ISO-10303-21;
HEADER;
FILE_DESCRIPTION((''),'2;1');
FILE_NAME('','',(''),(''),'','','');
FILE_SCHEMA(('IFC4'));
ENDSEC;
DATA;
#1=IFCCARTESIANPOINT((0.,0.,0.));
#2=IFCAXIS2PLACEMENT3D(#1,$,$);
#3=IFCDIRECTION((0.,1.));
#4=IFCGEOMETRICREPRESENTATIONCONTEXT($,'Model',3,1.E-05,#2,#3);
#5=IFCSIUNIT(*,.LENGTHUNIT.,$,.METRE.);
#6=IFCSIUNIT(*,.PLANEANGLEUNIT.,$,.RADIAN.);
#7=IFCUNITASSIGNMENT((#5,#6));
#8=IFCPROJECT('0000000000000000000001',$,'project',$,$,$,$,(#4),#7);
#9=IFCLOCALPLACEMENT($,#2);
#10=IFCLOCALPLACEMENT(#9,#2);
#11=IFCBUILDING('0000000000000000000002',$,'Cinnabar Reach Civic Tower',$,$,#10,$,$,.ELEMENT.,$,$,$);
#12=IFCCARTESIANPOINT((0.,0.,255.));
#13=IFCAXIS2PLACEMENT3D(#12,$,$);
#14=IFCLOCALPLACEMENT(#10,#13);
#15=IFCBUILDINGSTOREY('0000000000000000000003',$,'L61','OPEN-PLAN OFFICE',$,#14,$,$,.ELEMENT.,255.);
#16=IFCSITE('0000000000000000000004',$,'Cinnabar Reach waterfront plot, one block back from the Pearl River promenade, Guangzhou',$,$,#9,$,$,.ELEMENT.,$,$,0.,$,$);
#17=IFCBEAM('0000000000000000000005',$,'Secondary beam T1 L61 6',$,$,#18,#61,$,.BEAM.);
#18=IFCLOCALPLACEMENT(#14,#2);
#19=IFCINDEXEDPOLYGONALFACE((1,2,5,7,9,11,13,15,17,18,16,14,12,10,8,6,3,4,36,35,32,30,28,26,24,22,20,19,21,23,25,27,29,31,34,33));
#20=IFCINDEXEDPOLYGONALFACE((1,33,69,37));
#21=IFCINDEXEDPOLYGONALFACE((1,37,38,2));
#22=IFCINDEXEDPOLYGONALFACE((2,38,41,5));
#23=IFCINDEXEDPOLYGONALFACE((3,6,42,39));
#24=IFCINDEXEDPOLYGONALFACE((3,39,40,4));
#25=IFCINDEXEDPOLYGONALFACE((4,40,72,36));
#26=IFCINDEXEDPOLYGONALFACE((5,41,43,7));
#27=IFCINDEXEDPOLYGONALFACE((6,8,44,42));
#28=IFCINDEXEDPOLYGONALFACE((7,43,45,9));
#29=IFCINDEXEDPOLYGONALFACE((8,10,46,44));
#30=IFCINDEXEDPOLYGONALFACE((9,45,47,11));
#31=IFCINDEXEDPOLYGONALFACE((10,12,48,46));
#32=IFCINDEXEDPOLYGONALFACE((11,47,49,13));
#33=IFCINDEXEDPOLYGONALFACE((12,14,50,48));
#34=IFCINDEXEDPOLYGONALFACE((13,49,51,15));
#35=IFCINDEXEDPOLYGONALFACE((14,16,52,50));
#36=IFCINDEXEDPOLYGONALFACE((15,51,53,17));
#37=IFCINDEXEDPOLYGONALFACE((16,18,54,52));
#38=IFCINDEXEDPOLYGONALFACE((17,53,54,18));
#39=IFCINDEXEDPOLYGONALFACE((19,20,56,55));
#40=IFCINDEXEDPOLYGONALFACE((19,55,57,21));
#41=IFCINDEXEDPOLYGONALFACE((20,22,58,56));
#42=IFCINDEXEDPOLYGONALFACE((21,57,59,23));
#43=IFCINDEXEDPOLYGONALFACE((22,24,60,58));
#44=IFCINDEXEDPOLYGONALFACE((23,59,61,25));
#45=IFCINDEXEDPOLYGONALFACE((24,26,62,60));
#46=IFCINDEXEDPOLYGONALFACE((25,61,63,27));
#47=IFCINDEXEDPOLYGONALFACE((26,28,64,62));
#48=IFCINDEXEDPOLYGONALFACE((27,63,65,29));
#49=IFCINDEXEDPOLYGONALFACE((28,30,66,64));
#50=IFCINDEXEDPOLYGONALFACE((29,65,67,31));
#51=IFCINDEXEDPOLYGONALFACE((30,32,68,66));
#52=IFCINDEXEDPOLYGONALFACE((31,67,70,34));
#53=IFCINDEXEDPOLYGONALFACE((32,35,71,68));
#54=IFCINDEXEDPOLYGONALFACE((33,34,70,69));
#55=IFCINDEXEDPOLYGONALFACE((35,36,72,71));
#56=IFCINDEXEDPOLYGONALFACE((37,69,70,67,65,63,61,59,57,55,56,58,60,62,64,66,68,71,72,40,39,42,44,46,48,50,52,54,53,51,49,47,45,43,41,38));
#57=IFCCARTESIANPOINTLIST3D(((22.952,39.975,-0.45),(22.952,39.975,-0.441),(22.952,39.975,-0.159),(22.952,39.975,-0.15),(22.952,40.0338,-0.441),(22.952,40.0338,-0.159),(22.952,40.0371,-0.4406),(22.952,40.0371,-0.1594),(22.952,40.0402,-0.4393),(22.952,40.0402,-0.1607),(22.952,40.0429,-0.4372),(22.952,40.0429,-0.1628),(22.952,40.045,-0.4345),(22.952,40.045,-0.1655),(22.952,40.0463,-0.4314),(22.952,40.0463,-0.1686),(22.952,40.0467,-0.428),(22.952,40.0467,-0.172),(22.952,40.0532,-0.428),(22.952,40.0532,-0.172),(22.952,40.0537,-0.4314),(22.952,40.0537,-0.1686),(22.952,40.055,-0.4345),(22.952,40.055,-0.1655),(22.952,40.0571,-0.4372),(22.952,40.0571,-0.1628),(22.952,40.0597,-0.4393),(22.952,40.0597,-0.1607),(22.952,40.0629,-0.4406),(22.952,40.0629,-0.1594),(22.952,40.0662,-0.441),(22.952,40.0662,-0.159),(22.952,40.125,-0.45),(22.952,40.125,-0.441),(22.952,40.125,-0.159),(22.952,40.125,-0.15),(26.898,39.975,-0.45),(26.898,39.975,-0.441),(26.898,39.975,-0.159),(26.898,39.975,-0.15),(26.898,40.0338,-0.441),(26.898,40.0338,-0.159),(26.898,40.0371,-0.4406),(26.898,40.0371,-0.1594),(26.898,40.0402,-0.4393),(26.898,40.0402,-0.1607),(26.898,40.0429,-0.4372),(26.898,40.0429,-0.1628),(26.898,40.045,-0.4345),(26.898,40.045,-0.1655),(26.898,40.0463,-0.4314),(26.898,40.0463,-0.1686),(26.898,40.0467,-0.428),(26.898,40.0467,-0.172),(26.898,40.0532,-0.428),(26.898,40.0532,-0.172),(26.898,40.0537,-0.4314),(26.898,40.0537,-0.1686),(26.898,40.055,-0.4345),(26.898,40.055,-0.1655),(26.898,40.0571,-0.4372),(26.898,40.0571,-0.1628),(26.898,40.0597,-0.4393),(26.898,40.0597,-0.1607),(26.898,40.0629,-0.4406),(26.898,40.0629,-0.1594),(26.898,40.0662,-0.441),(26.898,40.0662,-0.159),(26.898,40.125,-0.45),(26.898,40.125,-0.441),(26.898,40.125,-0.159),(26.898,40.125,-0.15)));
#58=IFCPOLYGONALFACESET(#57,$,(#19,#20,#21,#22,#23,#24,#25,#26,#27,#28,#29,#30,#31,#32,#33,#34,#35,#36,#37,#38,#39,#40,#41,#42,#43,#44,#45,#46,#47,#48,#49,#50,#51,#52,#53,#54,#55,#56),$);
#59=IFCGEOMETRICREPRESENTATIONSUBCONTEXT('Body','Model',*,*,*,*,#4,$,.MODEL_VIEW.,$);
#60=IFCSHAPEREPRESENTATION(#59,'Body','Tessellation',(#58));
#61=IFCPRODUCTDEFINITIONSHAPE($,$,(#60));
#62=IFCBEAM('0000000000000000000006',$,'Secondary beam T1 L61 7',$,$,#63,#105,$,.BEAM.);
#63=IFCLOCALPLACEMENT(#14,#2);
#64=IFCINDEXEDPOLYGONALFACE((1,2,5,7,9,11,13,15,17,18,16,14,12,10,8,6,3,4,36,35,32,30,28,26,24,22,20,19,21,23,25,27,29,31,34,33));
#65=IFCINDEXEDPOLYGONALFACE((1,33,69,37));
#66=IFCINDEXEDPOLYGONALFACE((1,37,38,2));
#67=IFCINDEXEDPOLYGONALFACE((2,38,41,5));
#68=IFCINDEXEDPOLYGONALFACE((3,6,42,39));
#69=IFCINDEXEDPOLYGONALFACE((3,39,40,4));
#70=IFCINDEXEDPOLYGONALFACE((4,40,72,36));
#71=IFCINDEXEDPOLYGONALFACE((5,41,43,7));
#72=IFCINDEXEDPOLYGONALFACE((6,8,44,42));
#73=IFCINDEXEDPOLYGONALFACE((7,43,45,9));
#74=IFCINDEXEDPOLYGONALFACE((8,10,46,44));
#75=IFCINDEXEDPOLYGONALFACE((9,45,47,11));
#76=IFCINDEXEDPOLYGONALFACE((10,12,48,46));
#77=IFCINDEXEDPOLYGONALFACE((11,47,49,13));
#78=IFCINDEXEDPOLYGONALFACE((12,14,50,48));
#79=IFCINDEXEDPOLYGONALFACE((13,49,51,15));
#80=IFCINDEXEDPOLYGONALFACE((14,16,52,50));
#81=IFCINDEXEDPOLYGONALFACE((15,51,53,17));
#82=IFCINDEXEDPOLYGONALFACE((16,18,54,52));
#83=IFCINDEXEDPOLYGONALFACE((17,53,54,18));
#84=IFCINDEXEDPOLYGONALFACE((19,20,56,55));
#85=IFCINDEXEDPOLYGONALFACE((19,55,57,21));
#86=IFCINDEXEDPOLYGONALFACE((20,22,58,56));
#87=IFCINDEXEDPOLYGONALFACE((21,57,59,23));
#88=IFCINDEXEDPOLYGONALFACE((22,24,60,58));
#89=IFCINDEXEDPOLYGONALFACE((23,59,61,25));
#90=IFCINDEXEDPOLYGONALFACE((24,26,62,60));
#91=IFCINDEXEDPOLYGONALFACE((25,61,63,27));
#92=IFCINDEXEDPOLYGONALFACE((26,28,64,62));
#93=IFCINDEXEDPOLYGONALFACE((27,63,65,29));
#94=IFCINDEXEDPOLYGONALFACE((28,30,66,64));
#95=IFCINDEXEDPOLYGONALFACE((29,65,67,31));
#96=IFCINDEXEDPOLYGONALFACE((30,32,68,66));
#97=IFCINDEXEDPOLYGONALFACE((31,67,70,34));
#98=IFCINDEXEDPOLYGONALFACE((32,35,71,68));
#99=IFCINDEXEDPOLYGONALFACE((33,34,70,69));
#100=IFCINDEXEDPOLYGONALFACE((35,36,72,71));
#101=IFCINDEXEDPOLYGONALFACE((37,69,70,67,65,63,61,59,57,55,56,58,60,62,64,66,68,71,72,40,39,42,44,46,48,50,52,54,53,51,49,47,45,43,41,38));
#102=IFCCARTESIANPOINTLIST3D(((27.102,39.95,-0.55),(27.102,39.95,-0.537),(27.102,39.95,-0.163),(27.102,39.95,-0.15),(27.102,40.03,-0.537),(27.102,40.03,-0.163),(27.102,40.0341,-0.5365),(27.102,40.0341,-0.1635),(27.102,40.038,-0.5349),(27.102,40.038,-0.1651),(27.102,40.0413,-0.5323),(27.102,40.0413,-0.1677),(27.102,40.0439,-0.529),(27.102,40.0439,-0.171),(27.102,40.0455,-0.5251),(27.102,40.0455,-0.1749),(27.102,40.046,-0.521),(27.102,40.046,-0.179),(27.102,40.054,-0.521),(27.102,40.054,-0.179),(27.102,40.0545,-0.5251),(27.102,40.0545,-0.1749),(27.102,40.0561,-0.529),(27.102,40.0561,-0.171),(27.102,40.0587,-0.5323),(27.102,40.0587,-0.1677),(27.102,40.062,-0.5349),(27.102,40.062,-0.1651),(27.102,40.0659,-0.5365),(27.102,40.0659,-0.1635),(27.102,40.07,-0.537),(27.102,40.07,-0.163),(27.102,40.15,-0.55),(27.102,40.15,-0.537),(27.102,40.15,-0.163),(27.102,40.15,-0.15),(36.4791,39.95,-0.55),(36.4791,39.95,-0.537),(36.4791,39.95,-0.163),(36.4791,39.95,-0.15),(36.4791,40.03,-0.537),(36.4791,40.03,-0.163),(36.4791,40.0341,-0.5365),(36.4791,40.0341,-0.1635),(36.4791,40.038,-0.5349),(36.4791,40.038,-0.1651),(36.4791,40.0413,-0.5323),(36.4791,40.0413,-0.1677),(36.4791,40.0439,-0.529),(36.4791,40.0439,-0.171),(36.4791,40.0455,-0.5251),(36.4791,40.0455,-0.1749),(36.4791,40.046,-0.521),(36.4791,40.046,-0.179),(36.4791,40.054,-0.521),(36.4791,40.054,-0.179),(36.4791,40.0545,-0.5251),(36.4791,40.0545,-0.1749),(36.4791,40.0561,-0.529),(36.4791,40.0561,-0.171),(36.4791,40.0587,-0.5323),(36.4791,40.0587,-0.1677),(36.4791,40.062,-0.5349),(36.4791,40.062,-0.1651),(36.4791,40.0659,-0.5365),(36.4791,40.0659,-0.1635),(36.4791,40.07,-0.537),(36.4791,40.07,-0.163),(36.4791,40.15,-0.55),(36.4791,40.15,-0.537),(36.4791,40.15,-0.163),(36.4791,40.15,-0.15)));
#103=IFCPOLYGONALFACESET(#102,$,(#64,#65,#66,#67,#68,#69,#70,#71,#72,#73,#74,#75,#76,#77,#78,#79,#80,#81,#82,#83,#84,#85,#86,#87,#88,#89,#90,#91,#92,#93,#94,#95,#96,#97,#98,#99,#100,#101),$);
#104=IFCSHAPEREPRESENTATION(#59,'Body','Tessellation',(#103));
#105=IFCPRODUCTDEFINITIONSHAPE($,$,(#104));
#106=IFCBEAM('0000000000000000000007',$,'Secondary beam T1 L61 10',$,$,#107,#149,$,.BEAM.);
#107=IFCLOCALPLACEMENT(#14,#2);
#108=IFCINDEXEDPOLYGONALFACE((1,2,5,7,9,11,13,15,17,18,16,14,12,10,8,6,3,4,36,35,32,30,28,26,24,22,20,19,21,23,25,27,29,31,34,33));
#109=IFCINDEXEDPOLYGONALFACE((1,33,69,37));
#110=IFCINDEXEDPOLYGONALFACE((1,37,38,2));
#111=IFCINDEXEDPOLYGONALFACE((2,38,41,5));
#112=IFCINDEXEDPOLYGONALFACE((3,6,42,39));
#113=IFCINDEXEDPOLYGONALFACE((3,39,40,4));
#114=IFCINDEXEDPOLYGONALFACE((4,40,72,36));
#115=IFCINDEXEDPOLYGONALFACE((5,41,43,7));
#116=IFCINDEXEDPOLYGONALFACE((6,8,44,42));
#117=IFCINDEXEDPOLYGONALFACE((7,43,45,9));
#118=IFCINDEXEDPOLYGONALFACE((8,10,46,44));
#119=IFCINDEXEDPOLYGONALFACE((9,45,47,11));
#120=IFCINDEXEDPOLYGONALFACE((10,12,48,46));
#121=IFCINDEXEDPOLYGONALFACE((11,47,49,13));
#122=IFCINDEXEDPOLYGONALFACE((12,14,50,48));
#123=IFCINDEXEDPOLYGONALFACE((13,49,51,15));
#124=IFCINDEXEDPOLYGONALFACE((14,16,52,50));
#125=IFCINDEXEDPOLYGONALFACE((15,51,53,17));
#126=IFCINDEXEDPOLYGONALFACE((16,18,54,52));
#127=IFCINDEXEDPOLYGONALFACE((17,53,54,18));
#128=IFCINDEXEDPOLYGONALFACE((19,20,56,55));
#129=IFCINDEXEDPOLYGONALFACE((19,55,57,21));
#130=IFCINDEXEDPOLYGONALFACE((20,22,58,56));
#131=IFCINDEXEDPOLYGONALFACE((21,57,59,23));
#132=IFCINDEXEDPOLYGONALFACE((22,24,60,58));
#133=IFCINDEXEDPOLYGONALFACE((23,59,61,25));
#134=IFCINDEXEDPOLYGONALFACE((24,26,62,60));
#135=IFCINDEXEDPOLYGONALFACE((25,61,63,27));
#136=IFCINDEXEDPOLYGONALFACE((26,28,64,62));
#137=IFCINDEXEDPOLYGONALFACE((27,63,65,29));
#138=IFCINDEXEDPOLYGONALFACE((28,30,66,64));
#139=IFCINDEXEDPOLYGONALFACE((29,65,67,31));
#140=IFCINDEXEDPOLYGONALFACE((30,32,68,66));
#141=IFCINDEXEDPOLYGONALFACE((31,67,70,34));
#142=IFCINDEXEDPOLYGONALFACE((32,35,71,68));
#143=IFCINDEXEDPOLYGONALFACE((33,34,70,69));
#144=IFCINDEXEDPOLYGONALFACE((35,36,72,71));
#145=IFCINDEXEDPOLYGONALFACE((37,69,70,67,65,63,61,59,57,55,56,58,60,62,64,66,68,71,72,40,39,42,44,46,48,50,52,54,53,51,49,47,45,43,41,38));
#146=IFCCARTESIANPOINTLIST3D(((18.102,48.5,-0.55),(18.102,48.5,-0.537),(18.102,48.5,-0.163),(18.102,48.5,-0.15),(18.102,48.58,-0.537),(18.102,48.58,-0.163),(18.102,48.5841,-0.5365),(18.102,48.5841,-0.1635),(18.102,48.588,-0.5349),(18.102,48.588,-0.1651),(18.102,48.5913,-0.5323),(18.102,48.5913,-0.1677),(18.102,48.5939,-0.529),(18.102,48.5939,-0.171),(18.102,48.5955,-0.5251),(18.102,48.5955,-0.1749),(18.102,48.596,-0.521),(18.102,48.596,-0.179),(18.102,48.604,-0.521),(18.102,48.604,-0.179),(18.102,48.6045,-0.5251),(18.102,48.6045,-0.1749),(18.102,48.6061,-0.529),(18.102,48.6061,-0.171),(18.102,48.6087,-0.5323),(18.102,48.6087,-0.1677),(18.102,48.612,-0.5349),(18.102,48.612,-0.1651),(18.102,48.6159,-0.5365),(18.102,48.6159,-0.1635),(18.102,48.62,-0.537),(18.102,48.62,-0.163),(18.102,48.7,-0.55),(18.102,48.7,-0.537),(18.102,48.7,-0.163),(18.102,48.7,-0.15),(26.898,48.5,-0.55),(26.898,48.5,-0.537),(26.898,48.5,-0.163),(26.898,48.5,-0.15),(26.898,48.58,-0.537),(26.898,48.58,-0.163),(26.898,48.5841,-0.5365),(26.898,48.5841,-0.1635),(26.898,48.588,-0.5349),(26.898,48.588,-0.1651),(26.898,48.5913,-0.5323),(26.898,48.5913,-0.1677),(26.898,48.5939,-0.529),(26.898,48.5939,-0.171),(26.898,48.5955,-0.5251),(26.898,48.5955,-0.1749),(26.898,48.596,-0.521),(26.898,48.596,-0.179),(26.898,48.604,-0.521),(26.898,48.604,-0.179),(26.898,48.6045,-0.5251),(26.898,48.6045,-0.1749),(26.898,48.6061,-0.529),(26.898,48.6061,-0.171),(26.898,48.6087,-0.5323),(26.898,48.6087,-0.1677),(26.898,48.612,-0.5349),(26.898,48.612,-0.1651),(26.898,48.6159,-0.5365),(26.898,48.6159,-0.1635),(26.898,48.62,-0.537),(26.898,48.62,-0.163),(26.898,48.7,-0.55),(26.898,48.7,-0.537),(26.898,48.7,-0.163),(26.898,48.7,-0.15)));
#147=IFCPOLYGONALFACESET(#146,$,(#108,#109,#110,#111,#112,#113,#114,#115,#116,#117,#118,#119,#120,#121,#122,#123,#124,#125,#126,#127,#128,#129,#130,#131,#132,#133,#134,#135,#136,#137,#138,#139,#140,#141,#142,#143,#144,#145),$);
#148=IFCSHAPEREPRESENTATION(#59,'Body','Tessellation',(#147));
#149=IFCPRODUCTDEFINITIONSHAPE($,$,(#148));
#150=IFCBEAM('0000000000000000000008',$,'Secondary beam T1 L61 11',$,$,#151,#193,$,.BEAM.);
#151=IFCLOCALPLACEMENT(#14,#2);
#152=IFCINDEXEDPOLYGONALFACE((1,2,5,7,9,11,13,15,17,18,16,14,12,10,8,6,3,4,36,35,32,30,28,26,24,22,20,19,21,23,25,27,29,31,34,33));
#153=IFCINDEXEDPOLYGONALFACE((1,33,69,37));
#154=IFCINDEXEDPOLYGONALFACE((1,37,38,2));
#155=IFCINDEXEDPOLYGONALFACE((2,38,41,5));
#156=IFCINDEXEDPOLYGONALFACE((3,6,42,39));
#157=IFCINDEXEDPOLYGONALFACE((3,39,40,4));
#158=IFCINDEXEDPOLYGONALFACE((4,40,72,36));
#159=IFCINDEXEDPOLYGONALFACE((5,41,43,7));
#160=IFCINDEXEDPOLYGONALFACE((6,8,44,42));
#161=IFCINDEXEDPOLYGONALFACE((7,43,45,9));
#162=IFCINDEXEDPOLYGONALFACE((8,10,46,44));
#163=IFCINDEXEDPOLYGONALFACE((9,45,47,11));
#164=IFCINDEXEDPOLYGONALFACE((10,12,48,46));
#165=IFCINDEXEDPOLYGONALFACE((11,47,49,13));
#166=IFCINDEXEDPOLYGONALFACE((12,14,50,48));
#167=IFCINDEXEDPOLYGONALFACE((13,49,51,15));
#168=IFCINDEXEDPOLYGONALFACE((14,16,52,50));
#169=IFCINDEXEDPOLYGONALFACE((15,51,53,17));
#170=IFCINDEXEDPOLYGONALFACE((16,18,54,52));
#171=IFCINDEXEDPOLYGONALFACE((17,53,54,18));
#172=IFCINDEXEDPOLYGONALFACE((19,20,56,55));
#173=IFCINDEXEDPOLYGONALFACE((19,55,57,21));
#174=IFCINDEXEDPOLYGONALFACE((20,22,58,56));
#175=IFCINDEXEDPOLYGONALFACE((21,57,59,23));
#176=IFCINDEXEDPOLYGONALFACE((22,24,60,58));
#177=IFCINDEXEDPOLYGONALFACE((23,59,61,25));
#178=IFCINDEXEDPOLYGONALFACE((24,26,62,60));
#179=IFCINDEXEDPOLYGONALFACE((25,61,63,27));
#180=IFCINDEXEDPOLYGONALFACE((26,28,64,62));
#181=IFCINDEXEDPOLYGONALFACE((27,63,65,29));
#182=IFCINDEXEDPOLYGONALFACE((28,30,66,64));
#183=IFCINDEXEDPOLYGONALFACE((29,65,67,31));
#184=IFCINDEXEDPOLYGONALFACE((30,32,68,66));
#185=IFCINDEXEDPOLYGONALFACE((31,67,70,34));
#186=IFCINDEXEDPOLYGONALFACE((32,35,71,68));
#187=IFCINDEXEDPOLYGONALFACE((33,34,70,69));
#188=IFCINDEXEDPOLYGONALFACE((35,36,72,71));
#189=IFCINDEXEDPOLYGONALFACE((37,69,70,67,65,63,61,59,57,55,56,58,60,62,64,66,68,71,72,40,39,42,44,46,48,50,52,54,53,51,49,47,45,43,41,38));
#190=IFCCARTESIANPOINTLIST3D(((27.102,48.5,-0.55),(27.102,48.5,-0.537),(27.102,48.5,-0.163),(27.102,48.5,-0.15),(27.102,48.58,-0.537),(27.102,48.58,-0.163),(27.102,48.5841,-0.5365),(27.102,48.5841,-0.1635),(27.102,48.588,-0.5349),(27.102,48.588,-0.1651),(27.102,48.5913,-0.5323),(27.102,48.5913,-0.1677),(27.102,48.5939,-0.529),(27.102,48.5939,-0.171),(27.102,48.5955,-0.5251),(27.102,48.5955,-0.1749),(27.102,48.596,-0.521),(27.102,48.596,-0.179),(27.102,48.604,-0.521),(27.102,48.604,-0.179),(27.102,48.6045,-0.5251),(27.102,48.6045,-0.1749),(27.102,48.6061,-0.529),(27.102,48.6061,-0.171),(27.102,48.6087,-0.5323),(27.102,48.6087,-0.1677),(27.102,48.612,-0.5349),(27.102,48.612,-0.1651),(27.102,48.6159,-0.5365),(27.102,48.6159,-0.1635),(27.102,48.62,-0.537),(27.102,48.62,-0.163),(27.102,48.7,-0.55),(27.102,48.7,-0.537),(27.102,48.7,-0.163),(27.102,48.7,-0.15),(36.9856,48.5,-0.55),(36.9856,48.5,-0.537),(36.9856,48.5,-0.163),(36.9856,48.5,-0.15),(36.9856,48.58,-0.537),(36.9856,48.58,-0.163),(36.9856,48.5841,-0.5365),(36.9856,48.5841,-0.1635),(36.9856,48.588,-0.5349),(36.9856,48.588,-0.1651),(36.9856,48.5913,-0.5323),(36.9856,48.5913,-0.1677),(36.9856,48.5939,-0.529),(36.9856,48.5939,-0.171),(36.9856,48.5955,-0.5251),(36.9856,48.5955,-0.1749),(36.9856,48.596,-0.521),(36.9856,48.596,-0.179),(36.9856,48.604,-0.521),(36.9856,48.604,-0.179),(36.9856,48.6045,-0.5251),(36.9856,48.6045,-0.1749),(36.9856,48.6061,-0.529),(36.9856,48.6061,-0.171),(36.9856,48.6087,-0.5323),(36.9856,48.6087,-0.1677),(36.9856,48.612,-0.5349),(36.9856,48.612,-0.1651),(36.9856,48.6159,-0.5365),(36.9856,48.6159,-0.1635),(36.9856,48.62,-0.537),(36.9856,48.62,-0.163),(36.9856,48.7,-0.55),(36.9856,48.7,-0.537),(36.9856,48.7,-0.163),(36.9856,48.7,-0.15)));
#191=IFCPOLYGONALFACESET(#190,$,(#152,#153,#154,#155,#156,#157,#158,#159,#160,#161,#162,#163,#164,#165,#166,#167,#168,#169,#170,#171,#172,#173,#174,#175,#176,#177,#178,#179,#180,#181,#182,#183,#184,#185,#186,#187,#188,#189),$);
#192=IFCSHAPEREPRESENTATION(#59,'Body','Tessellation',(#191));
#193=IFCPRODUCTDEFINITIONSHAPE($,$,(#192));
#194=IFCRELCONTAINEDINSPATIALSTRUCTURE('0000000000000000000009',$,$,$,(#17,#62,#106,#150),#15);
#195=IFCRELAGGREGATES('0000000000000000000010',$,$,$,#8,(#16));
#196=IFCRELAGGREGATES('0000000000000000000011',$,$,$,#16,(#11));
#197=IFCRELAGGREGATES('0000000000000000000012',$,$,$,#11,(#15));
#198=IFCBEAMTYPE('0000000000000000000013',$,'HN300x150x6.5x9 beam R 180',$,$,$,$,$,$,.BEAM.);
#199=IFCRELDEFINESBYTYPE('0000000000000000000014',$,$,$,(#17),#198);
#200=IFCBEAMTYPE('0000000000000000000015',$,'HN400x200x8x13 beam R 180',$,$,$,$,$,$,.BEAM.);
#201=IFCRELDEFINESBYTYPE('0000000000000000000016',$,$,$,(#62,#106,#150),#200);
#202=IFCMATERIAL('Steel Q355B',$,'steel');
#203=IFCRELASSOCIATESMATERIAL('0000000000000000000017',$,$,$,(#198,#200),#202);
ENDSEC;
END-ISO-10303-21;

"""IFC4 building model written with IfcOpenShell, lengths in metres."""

from ifc_helpers import new_model, si_unit, direction, frame, origin, origin_2d, place, context, subcontext, project, spatial, i_section, extrude, material, material_profile, profile_set, type_object, element, save


model = new_model("IFC4")

# Units and contexts
model_context = context("Model", 3, precision=1e-05, world=origin(), true_north=direction((0.0, 1.0)))
body_context = subcontext(model_context, "Body", "Model", "MODEL_VIEW")
ifc_project = project(units=[si_unit("LENGTHUNIT", "METRE"), si_unit("PLANEANGLEUNIT", "RADIAN")], contexts=[model_context])

# Site, building, storey
site_placement = place(None, origin())
site = spatial("IfcSite", under=ifc_project, at=site_placement, Name="Cinnabar Reach waterfront plot, one block back from the Pearl River promenade, Guangzhou", CompositionType="ELEMENT", RefElevation=0.0)
building_placement = place(site_placement, origin())
building = spatial("IfcBuilding", under=site, at=building_placement, Name="Cinnabar Reach Civic Tower", CompositionType="ELEMENT")
storey_placement = place(building_placement, frame((0.0, 0.0, 255.0)))
storey = spatial("IfcBuildingStorey", under=building, at=storey_placement, Name="L61", Description="OPEN-PLAN OFFICE", CompositionType="ELEMENT", Elevation=255.0)

# Beams
ifc_material_1 = material(Name="Steel Q355B", Category="steel")
ifc_material_profile_1 = material_profile(ifc_material_1, i_section(OverallWidth=0.15, OverallDepth=0.3, WebThickness=0.0065, FlangeThickness=0.009, FilletRadius=0.013, at=origin_2d()), Name="HN300x150x6.5x9")
ifc_profile_set_1 = profile_set([ifc_material_profile_1], Name="Steel Q355B")
beam_type_1 = type_object("IfcBeamType", Name="HN300x150x6.5x9 beam R 180", PredefinedType="BEAM", material=ifc_profile_set_1)
beam_1_placement = place(storey_placement, frame((22.952, 40.05, -0.3), z_axis=(1.0, 0.0, 0.0), x_axis=(0.0, 1.0, 0.0)))
element("IfcBeam", 1, at=beam_1_placement, inside=storey, type_object=beam_type_1, Name="Secondary beam T1 L61 6", PredefinedType="BEAM", context=body_context, shape_type="SweptSolid", body=[
    extrude(i_section(OverallWidth=0.15, OverallDepth=0.3, WebThickness=0.0065, FlangeThickness=0.009, FilletRadius=0.013, at=origin_2d()), origin(), (0.0, 0.0, 1.0), 3.946),
])
ifc_material_profile_2 = material_profile(ifc_material_1, i_section(OverallWidth=0.2, OverallDepth=0.4, WebThickness=0.008, FlangeThickness=0.013, FilletRadius=0.016, at=origin_2d()), Name="HN400x200x8x13")
ifc_profile_set_2 = profile_set([ifc_material_profile_2], Name="Steel Q355B")
beam_type_2 = type_object("IfcBeamType", Name="HN400x200x8x13 beam R 180", PredefinedType="BEAM", material=ifc_profile_set_2)
beam_2_placement = place(storey_placement, frame((27.102, 40.05, -0.35), z_axis=(1.0, 0.0, 0.0), x_axis=(0.0, 1.0, 0.0)))
element("IfcBeam", 2, at=beam_2_placement, inside=storey, type_object=beam_type_2, Name="Secondary beam T1 L61 7", PredefinedType="BEAM", context=body_context, shape_type="SweptSolid", body=[
    extrude(i_section(OverallWidth=0.2, OverallDepth=0.4, WebThickness=0.008, FlangeThickness=0.013, FilletRadius=0.016, at=origin_2d()), origin(), (0.0, 0.0, 1.0), 9.3771),
])
beam_3_placement = place(storey_placement, frame((18.102, 48.6, -0.35), z_axis=(1.0, 0.0, 0.0), x_axis=(0.0, 1.0, 0.0)))
element("IfcBeam", 3, at=beam_3_placement, inside=storey, type_object=beam_type_2, Name="Secondary beam T1 L61 10", PredefinedType="BEAM", context=body_context, shape_type="SweptSolid", body=[
    extrude(i_section(OverallWidth=0.2, OverallDepth=0.4, WebThickness=0.008, FlangeThickness=0.013, FilletRadius=0.016, at=origin_2d()), origin(), (0.0, 0.0, 1.0), 8.796),
])
beam_4_placement = place(storey_placement, frame((27.102, 48.6, -0.35), z_axis=(1.0, 0.0, 0.0), x_axis=(0.0, 1.0, 0.0)))
element("IfcBeam", 4, at=beam_4_placement, inside=storey, type_object=beam_type_2, Name="Secondary beam T1 L61 11", PredefinedType="BEAM", context=body_context, shape_type="SweptSolid", body=[
    extrude(i_section(OverallWidth=0.2, OverallDepth=0.4, WebThickness=0.008, FlangeThickness=0.013, FilletRadius=0.016, at=origin_2d()), origin(), (0.0, 0.0, 1.0), 9.8836),
])

save(model, "model.ifc")
